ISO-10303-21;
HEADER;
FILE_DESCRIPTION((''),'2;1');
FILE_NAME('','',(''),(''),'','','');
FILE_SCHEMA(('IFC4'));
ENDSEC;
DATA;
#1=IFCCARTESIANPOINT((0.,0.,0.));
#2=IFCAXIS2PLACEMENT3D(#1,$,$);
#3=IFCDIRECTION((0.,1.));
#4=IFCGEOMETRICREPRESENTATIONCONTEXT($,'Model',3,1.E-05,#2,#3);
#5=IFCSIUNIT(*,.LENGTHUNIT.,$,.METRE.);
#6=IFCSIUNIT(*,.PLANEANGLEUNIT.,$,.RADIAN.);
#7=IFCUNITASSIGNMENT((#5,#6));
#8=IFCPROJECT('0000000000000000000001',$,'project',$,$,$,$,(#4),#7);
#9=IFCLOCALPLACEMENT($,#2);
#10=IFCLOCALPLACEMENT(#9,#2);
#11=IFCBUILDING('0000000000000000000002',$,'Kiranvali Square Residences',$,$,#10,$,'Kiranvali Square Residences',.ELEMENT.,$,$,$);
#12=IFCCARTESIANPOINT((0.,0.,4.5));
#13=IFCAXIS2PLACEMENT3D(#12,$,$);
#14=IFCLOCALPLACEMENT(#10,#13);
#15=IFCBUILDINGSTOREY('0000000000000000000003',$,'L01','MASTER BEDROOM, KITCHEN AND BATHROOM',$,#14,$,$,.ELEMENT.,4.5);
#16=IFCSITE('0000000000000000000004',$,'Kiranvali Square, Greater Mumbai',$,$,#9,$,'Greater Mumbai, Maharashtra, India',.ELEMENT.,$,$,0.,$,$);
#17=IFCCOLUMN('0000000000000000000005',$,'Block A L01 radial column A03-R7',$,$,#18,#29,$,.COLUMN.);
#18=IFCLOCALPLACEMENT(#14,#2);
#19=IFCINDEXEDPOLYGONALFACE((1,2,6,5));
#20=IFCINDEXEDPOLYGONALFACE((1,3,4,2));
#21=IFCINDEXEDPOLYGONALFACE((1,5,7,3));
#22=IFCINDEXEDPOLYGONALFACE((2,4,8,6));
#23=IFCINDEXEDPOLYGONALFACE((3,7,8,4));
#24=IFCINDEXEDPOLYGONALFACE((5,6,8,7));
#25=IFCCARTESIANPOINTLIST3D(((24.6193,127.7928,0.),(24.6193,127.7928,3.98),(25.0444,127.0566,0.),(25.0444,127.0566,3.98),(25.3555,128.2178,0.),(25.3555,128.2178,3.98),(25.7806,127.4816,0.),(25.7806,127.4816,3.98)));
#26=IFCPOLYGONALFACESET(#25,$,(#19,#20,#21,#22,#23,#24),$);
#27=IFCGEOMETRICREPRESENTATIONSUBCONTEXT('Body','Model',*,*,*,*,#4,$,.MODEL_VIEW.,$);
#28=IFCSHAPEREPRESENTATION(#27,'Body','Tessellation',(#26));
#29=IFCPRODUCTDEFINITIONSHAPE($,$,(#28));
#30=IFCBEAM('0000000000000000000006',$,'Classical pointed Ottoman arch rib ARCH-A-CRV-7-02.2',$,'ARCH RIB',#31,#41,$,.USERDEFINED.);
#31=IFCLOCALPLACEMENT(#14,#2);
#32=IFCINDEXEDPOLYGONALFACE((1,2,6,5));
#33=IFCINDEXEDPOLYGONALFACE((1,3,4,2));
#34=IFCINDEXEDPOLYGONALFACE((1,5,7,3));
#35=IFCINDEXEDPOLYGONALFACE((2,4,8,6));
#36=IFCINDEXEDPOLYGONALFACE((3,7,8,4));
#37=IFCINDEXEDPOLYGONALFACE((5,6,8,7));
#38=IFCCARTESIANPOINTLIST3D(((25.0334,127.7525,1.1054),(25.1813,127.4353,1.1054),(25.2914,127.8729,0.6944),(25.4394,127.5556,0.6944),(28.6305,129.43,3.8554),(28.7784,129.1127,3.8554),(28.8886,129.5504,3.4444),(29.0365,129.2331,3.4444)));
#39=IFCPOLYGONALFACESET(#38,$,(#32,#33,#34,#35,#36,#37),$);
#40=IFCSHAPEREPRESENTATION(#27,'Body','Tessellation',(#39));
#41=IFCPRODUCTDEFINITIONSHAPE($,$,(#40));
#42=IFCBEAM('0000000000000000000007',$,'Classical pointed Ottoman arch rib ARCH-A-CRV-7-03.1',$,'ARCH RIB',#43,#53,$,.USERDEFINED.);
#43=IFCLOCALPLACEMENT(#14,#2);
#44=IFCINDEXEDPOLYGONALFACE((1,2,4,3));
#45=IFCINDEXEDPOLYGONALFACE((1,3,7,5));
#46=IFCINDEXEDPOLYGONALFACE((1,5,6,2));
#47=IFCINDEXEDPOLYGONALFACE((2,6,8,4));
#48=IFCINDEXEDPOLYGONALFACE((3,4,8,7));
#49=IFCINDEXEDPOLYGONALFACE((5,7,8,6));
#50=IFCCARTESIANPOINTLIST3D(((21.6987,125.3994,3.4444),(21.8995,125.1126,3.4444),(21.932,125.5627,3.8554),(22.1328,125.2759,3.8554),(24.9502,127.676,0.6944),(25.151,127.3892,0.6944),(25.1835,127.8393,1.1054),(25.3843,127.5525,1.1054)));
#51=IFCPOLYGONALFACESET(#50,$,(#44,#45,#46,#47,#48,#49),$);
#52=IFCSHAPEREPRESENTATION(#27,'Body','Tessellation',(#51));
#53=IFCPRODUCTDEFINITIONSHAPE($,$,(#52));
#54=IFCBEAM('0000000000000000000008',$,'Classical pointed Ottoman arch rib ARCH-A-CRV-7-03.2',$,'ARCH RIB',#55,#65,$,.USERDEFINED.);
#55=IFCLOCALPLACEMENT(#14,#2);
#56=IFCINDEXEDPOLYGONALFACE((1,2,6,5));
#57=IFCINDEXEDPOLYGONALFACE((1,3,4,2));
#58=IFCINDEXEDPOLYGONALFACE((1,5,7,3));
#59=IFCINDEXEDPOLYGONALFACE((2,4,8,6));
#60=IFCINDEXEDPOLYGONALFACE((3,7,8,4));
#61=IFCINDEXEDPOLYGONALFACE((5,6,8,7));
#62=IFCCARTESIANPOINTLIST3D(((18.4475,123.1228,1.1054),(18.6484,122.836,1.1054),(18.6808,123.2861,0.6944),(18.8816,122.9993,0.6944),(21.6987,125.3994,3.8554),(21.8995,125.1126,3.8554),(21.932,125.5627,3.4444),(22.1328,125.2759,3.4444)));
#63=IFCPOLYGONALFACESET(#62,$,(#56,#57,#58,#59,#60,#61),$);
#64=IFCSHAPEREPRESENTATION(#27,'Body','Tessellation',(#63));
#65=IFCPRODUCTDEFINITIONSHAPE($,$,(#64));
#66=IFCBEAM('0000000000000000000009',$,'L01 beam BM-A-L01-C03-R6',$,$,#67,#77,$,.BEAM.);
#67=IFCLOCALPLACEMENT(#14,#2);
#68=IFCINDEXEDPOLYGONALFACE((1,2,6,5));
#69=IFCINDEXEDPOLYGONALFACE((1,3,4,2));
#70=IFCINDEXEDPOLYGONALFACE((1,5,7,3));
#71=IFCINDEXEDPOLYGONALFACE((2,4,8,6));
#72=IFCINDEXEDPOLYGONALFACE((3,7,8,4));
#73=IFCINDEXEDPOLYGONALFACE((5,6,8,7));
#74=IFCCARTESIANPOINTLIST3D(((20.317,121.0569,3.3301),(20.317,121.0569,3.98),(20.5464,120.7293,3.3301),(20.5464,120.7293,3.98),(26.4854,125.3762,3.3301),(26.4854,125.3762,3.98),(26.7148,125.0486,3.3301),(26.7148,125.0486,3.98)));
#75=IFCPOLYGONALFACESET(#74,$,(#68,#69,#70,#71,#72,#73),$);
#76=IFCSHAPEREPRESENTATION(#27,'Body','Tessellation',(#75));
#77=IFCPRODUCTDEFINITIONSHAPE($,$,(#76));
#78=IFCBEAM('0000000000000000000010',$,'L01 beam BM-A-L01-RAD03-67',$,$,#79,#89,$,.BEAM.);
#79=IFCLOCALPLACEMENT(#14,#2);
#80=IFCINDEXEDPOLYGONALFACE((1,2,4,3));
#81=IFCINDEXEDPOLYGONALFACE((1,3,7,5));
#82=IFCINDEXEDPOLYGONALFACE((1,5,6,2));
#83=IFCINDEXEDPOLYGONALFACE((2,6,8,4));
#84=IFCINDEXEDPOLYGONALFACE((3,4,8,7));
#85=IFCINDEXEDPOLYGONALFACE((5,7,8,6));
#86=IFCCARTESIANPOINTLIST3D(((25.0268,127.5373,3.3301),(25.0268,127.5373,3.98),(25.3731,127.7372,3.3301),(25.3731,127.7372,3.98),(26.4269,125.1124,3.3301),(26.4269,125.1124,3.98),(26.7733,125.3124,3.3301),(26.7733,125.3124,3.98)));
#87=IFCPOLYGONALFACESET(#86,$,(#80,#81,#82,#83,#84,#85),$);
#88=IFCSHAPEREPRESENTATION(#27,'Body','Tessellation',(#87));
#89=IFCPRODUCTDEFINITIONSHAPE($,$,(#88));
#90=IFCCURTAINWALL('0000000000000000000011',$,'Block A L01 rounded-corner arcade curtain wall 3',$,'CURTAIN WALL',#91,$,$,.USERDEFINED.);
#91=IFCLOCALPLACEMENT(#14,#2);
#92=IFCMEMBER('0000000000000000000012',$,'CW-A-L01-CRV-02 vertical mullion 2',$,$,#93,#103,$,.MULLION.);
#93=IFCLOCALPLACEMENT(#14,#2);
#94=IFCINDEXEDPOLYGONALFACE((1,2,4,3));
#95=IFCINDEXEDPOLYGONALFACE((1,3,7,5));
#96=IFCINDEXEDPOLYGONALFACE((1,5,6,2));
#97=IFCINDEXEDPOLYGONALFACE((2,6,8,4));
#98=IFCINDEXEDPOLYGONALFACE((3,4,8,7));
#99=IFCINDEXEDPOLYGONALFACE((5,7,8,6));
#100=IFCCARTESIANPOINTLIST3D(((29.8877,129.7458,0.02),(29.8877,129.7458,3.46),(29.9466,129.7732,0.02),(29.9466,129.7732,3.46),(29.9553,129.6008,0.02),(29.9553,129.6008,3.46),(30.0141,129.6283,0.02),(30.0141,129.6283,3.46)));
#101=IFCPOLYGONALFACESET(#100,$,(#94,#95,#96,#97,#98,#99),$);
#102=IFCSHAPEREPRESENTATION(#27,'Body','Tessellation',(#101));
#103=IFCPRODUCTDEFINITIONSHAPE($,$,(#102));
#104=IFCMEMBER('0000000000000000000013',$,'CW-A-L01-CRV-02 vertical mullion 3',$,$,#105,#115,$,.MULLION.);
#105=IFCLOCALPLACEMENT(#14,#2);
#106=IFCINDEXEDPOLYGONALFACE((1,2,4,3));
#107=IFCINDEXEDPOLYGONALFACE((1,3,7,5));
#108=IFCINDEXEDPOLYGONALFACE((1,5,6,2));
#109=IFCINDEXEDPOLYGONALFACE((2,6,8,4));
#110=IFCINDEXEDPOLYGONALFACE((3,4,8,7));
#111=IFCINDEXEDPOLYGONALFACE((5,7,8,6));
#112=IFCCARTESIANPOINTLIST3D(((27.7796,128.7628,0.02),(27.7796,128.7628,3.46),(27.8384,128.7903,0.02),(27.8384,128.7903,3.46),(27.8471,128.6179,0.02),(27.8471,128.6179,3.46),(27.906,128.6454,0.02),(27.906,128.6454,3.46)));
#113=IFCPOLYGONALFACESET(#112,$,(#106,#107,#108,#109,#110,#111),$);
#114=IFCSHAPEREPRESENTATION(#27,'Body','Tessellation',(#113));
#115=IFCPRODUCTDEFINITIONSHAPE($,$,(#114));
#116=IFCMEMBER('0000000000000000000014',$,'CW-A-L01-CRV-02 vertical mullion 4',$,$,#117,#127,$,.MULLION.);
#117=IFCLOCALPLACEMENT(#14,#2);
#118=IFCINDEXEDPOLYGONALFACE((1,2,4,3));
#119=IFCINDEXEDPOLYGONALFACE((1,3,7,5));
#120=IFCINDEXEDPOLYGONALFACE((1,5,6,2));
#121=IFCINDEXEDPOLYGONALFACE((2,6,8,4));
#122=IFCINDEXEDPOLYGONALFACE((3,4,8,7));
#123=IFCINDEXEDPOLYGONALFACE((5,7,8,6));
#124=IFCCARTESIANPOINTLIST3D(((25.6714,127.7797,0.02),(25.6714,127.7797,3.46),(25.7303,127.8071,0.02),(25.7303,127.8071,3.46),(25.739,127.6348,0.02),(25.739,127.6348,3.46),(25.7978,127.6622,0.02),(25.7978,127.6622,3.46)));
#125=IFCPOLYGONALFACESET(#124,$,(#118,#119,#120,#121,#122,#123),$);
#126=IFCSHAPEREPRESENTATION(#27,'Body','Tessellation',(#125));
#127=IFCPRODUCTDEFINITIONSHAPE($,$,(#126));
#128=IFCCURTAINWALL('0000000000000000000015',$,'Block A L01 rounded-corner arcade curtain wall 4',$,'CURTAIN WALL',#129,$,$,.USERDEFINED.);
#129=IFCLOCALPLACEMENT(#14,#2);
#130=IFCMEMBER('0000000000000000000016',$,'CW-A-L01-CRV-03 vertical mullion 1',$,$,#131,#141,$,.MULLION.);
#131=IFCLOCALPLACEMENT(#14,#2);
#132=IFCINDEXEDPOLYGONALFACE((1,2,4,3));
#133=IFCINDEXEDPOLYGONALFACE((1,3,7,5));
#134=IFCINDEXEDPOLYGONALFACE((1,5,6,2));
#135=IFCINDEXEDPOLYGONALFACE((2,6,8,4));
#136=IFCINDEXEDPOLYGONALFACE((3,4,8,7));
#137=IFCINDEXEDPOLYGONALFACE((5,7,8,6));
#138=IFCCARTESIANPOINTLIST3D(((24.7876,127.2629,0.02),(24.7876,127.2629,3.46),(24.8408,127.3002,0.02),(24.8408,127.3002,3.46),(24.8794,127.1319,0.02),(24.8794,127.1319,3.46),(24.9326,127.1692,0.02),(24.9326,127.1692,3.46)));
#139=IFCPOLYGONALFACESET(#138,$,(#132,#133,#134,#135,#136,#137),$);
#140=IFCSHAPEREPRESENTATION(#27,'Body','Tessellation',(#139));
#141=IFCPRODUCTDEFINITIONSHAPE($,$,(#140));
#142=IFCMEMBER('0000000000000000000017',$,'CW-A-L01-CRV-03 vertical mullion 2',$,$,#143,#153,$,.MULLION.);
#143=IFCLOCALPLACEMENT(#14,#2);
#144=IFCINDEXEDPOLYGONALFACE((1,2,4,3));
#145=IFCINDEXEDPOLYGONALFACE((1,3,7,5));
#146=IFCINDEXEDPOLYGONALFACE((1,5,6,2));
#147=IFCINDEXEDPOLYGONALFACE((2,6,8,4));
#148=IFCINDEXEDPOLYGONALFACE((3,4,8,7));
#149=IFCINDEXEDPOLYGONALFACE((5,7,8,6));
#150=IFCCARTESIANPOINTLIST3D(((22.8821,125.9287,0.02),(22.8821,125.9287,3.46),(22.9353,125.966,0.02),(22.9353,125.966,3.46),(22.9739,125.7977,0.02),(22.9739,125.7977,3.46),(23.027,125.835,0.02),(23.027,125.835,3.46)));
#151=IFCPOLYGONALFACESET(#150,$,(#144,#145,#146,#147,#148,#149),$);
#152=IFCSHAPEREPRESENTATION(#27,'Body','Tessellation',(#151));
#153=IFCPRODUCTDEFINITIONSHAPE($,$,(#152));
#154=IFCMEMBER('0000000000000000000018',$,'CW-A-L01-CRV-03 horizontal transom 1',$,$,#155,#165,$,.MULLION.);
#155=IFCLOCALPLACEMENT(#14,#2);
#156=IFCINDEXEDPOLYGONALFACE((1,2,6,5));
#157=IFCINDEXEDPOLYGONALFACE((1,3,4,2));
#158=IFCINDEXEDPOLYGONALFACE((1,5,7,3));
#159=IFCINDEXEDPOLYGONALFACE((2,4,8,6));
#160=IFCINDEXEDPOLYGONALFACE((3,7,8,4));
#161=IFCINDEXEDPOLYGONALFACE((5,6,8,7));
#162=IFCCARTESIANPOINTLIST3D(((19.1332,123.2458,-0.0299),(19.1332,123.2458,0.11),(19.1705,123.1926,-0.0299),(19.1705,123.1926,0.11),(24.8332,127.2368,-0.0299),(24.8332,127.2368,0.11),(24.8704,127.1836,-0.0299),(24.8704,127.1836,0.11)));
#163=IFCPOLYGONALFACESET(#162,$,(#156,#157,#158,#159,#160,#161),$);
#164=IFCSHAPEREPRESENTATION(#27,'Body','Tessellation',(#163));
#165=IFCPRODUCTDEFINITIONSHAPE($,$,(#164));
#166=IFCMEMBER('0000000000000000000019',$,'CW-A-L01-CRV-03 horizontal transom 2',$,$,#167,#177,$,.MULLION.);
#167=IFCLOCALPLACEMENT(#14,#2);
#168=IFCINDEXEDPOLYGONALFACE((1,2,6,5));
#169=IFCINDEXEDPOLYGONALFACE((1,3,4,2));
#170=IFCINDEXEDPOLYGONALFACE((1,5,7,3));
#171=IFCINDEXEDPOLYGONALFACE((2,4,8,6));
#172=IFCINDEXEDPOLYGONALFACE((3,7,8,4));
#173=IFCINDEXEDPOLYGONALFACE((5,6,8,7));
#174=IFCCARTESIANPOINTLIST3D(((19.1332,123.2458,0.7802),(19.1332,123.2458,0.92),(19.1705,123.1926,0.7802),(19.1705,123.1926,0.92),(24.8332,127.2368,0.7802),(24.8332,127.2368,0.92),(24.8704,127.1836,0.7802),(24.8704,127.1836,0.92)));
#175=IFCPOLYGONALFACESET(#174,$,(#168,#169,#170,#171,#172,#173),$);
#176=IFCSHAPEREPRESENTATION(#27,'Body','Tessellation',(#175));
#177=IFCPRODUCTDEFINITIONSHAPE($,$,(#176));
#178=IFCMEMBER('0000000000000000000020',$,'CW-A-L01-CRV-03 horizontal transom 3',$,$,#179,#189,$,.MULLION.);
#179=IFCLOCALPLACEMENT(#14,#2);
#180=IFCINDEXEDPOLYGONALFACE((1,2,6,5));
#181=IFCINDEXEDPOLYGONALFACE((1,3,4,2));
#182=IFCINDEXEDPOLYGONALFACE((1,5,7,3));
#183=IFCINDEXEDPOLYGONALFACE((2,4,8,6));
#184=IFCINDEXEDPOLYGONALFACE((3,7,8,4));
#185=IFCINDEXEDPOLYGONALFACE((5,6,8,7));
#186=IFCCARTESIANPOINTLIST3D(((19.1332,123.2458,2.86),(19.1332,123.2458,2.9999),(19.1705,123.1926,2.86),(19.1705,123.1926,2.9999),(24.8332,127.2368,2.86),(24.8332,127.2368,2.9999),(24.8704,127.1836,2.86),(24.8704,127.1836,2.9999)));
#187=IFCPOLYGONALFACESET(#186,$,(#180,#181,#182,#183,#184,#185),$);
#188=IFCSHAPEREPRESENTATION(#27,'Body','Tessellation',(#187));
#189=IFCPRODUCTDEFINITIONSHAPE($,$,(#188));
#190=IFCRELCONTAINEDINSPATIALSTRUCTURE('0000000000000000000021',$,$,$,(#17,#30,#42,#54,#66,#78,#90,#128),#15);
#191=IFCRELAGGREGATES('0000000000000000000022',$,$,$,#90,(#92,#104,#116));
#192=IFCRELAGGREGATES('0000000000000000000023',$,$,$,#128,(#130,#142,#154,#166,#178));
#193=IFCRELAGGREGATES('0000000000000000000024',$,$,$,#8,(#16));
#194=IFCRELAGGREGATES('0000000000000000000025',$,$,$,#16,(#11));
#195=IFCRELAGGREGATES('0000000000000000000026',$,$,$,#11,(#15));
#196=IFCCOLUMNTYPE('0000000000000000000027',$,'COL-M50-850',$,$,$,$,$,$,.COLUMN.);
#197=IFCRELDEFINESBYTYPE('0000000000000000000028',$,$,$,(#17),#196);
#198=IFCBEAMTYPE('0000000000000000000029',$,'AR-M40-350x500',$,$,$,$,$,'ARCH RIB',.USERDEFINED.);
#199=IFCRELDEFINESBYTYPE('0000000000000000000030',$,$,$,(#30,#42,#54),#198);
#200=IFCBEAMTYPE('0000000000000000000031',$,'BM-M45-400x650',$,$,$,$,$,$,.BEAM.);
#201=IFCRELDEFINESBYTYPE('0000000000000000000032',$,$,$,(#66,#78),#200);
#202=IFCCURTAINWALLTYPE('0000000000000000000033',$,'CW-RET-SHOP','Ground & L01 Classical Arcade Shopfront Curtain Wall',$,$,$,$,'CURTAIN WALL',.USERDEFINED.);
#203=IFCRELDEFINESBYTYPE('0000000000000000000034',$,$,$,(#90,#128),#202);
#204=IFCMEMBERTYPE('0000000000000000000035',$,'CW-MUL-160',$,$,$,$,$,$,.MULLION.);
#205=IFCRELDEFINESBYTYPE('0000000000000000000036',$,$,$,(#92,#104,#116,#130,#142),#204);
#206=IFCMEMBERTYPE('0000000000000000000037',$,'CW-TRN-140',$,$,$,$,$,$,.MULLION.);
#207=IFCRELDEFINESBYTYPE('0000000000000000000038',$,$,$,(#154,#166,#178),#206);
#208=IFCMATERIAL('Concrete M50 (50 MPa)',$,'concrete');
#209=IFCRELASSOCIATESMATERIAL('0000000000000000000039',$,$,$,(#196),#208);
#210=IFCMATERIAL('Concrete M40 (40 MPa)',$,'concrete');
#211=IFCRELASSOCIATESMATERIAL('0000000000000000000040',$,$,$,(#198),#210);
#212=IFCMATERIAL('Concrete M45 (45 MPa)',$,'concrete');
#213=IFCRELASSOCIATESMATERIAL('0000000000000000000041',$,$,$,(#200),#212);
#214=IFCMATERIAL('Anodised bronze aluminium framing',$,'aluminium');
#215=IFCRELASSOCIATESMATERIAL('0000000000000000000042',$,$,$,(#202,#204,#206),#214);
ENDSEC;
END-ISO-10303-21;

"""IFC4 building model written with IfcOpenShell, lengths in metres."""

from ifc_helpers import new_model, si_unit, direction, frame, origin, origin_2d, place, context, subcontext, project, spatial, rectangle, extrude, material, material_profile, profile_set, type_object, element, aggregate, save


model = new_model("IFC4")

# Units and contexts
model_context = context("Model", 3, precision=1e-05, world=origin(), true_north=direction((0.0, 1.0)))
body_context = subcontext(model_context, "Body", "Model", "MODEL_VIEW")
ifc_project = project(units=[si_unit("LENGTHUNIT", "METRE"), si_unit("PLANEANGLEUNIT", "RADIAN")], contexts=[model_context])

# Site, building, storey
site_placement = place(None, origin())
site = spatial("IfcSite", under=ifc_project, at=site_placement, Name="Kiranvali Square, Greater Mumbai", LongName="Greater Mumbai, Maharashtra, India", CompositionType="ELEMENT", RefElevation=0.0)
building_placement = place(site_placement, origin())
building = spatial("IfcBuilding", under=site, at=building_placement, Name="Kiranvali Square Residences", LongName="Kiranvali Square Residences", CompositionType="ELEMENT")
storey_placement = place(building_placement, frame((0.0, 0.0, 4.5)))
storey = spatial("IfcBuildingStorey", under=building, at=storey_placement, Name="L01", Description="MASTER BEDROOM, KITCHEN AND BATHROOM", CompositionType="ELEMENT", Elevation=4.5)

# Column
ifc_material_1 = material(Name="Concrete M50 (50 MPa)", Category="concrete")
ifc_material_profile_1 = material_profile(ifc_material_1, rectangle(XDim=0.8501, YDim=0.8501, at=origin_2d()), Name="RC 850x850")
ifc_profile_set_1 = profile_set([ifc_material_profile_1], Name="Concrete M50 (50 MPa)")
column_type = type_object("IfcColumnType", Name="COL-M50-850", PredefinedType="COLUMN", material=ifc_profile_set_1)
column_placement = place(storey_placement, frame((25.2, 127.6372, 0.0), z_axis=(0.0, 0.0, 1.0), x_axis=(0.866025, 0.5, 0.0)))
element("IfcColumn", 1, at=column_placement, inside=storey, type_object=column_type, Name="Block A L01 radial column A03-R7", PredefinedType="COLUMN", context=body_context, shape_type="SweptSolid", body=[
    extrude(rectangle(XDim=0.8501, YDim=0.8501, at=origin_2d()), origin(), (0.0, 0.0, 1.0), 3.98),
])

# Beams
ifc_material_2 = material(Name="Concrete M40 (40 MPa)", Category="concrete")
ifc_material_profile_2 = material_profile(ifc_material_2, rectangle(XDim=0.3501, YDim=0.5, at=origin_2d()), Name="RC 350x500")
ifc_profile_set_2 = profile_set([ifc_material_profile_2], Name="Concrete M40 (40 MPa)")
beam_type_1 = type_object("IfcBeamType", Name="AR-M40-350x500", ElementType="ARCH RIB", PredefinedType="USERDEFINED", material=ifc_profile_set_2)
beam_1_placement = place(storey_placement, frame((28.8335, 129.3315, 3.6499), z_axis=(-0.74496, -0.347402, -0.569515), x_axis=(0.42264, -0.906298, 0.0)))
element("IfcBeam", 2, at=beam_1_placement, inside=storey, type_object=beam_type_1, Name="Classical pointed Ottoman arch rib ARCH-A-CRV-7-02.2", ObjectType="ARCH RIB", PredefinedType="USERDEFINED", context=body_context, shape_type="SweptSolid", body=[
    extrude(rectangle(XDim=0.3501, YDim=0.5, at=origin_2d()), origin(), (0.0, 0.0, 1.0), 4.8286),
])
beam_2_placement = place(storey_placement, frame((25.1672, 127.6143, 0.8999), z_axis=(-0.673346, -0.471463, 0.569498), x_axis=(0.573561, -0.819163, 0.0)))
element("IfcBeam", 3, at=beam_2_placement, inside=storey, type_object=beam_type_1, Name="Classical pointed Ottoman arch rib ARCH-A-CRV-7-03.1", ObjectType="ARCH RIB", PredefinedType="USERDEFINED", context=body_context, shape_type="SweptSolid", body=[
    extrude(rectangle(XDim=0.3501, YDim=0.5, at=origin_2d()), origin(), (0.0, 0.0, 1.0), 4.8289),
])
beam_3_placement = place(storey_placement, frame((21.9158, 125.3376, 3.6499), z_axis=(-0.673318, -0.47148, -0.569517), x_axis=(0.57359, -0.819142, 0.0)))
element("IfcBeam", 4, at=beam_3_placement, inside=storey, type_object=beam_type_1, Name="Classical pointed Ottoman arch rib ARCH-A-CRV-7-03.2", ObjectType="ARCH RIB", PredefinedType="USERDEFINED", context=body_context, shape_type="SweptSolid", body=[
    extrude(rectangle(XDim=0.3501, YDim=0.5, at=origin_2d()), origin(), (0.0, 0.0, 1.0), 4.8286),
])
ifc_material_3 = material(Name="Concrete M45 (45 MPa)", Category="concrete")
ifc_material_profile_3 = material_profile(ifc_material_3, rectangle(XDim=0.3999, YDim=0.6499, at=origin_2d()), Name="RC 400x650")
ifc_profile_set_3 = profile_set([ifc_material_profile_3], Name="Concrete M45 (45 MPa)")
beam_type_2 = type_object("IfcBeamType", Name="BM-M45-400x650", PredefinedType="BEAM", material=ifc_profile_set_3)
beam_4_placement = place(storey_placement, frame((26.6001, 125.2124, 3.655), z_axis=(-0.819144, -0.573589, 0.0), x_axis=(0.573589, -0.819144, 0.0)))
element("IfcBeam", 5, at=beam_4_placement, inside=storey, type_object=beam_type_2, Name="L01 beam BM-A-L01-C03-R6", PredefinedType="BEAM", context=body_context, shape_type="SweptSolid", body=[
    extrude(rectangle(XDim=0.3999, YDim=0.6499, at=origin_2d()), origin(), (0.0, 0.0, 1.0), 7.5303),
])
beam_5_placement = place(storey_placement, frame((26.6001, 125.2124, 3.655), z_axis=(-0.50005, 0.865997, 0.0), x_axis=(-0.865997, -0.50005, 0.0)))
element("IfcBeam", 6, at=beam_5_placement, inside=storey, type_object=beam_type_2, Name="L01 beam BM-A-L01-RAD03-67", PredefinedType="BEAM", context=body_context, shape_type="SweptSolid", body=[
    extrude(rectangle(XDim=0.3999, YDim=0.6499, at=origin_2d()), origin(), (0.0, 0.0, 1.0), 2.8),
])

# Curtain walls, members
ifc_material_4 = material(Name="Anodised bronze aluminium framing", Category="aluminium")
curtain_wall_type = type_object("IfcCurtainWallType", Name="CW-RET-SHOP", Description="Ground & L01 Classical Arcade Shopfront Curtain Wall", ElementType="CURTAIN WALL", PredefinedType="USERDEFINED", material=ifc_material_4)
curtain_wall_1_placement = place(storey_placement, origin())
curtain_wall_1 = element("IfcCurtainWall", 7, at=curtain_wall_1_placement, inside=storey, type_object=curtain_wall_type, Name="Block A L01 rounded-corner arcade curtain wall 3", ObjectType="CURTAIN WALL", PredefinedType="USERDEFINED")
ifc_material_profile_4 = material_profile(ifc_material_4, rectangle(XDim=0.0649, YDim=0.1599, at=origin_2d()), Name="ALU 65x160")
ifc_profile_set_4 = profile_set([ifc_material_profile_4], Name="Anodised bronze aluminium framing")
member_type_1 = type_object("IfcMemberType", Name="CW-MUL-160", PredefinedType="MULLION", material=ifc_profile_set_4)
member_1_placement = place(storey_placement, frame((29.9509, 129.687, 0.02), z_axis=(0.0, 0.0, 1.0), x_axis=(-0.906308, -0.422618, 0.0)))
member_1 = element("IfcMember", 8, at=member_1_placement, type_object=member_type_1, Name="CW-A-L01-CRV-02 vertical mullion 2", PredefinedType="MULLION", context=body_context, shape_type="SweptSolid", body=[
    extrude(rectangle(XDim=0.0649, YDim=0.1599, at=origin_2d()), origin(), (0.0, 0.0, 1.0), 3.4399),
])
member_2_placement = place(storey_placement, frame((27.8428, 128.7041, 0.02), z_axis=(0.0, 0.0, 1.0), x_axis=(-0.906308, -0.422618, 0.0)))
member_2 = element("IfcMember", 9, at=member_2_placement, type_object=member_type_1, Name="CW-A-L01-CRV-02 vertical mullion 3", PredefinedType="MULLION", context=body_context, shape_type="SweptSolid", body=[
    extrude(rectangle(XDim=0.0649, YDim=0.1599, at=origin_2d()), origin(), (0.0, 0.0, 1.0), 3.4399),
])
member_3_placement = place(storey_placement, frame((25.7346, 127.7209, 0.02), z_axis=(0.0, 0.0, 1.0), x_axis=(-0.906308, -0.422618, 0.0)))
member_3 = element("IfcMember", 10, at=member_3_placement, type_object=member_type_1, Name="CW-A-L01-CRV-02 vertical mullion 4", PredefinedType="MULLION", context=body_context, shape_type="SweptSolid", body=[
    extrude(rectangle(XDim=0.0649, YDim=0.1599, at=origin_2d()), origin(), (0.0, 0.0, 1.0), 3.4399),
])
curtain_wall_2_placement = place(storey_placement, origin())
curtain_wall_2 = element("IfcCurtainWall", 11, at=curtain_wall_2_placement, inside=storey, type_object=curtain_wall_type, Name="Block A L01 rounded-corner arcade curtain wall 4", ObjectType="CURTAIN WALL", PredefinedType="USERDEFINED")
member_4_placement = place(storey_placement, frame((24.8601, 127.2161, 0.02), z_axis=(0.0, 0.0, 1.0), x_axis=(-0.819152, -0.573576, 0.0)))
member_4 = element("IfcMember", 12, at=member_4_placement, type_object=member_type_1, Name="CW-A-L01-CRV-03 vertical mullion 1", PredefinedType="MULLION", context=body_context, shape_type="SweptSolid", body=[
    extrude(rectangle(XDim=0.0649, YDim=0.1599, at=origin_2d()), origin(), (0.0, 0.0, 1.0), 3.4399),
])
member_5_placement = place(storey_placement, frame((22.9546, 125.8818, 0.02), z_axis=(0.0, 0.0, 1.0), x_axis=(-0.819152, -0.573576, 0.0)))
member_5 = element("IfcMember", 13, at=member_5_placement, type_object=member_type_1, Name="CW-A-L01-CRV-03 vertical mullion 2", PredefinedType="MULLION", context=body_context, shape_type="SweptSolid", body=[
    extrude(rectangle(XDim=0.0649, YDim=0.1599, at=origin_2d()), origin(), (0.0, 0.0, 1.0), 3.4399),
])
ifc_material_profile_5 = material_profile(ifc_material_4, rectangle(XDim=0.0649, YDim=0.1399, at=origin_2d()), Name="ALU 65x140")
ifc_profile_set_5 = profile_set([ifc_material_profile_5], Name="Anodised bronze aluminium framing")
member_type_2 = type_object("IfcMemberType", Name="CW-TRN-140", PredefinedType="MULLION", material=ifc_profile_set_5)
member_6_placement = place(storey_placement, frame((24.8518, 127.2102, 0.04), z_axis=(-0.819164, -0.573559, 0.0), x_axis=(0.573559, -0.819164, 0.0)))
member_6 = element("IfcMember", 14, at=member_6_placement, type_object=member_type_2, Name="CW-A-L01-CRV-03 horizontal transom 1", PredefinedType="MULLION", context=body_context, shape_type="SweptSolid", body=[
    extrude(rectangle(XDim=0.0649, YDim=0.1399, at=origin_2d()), origin(), (0.0, 0.0, 1.0), 6.9583),
])
member_7_placement = place(storey_placement, frame((24.8518, 127.2102, 0.8501), z_axis=(-0.819164, -0.573559, 0.0), x_axis=(0.573559, -0.819164, 0.0)))
member_7 = element("IfcMember", 15, at=member_7_placement, type_object=member_type_2, Name="CW-A-L01-CRV-03 horizontal transom 2", PredefinedType="MULLION", context=body_context, shape_type="SweptSolid", body=[
    extrude(rectangle(XDim=0.0649, YDim=0.1399, at=origin_2d()), origin(), (0.0, 0.0, 1.0), 6.9583),
])
member_8_placement = place(storey_placement, frame((24.8518, 127.2102, 2.9299), z_axis=(-0.819164, -0.573559, 0.0), x_axis=(0.573559, -0.819164, 0.0)))
member_8 = element("IfcMember", 16, at=member_8_placement, type_object=member_type_2, Name="CW-A-L01-CRV-03 horizontal transom 3", PredefinedType="MULLION", context=body_context, shape_type="SweptSolid", body=[
    extrude(rectangle(XDim=0.0649, YDim=0.1399, at=origin_2d()), origin(), (0.0, 0.0, 1.0), 6.9583),
])

aggregate(curtain_wall_1, [member_1, member_2, member_3])
aggregate(curtain_wall_2, [member_4, member_5, member_6, member_7, member_8])

save(model, "model.ifc")
